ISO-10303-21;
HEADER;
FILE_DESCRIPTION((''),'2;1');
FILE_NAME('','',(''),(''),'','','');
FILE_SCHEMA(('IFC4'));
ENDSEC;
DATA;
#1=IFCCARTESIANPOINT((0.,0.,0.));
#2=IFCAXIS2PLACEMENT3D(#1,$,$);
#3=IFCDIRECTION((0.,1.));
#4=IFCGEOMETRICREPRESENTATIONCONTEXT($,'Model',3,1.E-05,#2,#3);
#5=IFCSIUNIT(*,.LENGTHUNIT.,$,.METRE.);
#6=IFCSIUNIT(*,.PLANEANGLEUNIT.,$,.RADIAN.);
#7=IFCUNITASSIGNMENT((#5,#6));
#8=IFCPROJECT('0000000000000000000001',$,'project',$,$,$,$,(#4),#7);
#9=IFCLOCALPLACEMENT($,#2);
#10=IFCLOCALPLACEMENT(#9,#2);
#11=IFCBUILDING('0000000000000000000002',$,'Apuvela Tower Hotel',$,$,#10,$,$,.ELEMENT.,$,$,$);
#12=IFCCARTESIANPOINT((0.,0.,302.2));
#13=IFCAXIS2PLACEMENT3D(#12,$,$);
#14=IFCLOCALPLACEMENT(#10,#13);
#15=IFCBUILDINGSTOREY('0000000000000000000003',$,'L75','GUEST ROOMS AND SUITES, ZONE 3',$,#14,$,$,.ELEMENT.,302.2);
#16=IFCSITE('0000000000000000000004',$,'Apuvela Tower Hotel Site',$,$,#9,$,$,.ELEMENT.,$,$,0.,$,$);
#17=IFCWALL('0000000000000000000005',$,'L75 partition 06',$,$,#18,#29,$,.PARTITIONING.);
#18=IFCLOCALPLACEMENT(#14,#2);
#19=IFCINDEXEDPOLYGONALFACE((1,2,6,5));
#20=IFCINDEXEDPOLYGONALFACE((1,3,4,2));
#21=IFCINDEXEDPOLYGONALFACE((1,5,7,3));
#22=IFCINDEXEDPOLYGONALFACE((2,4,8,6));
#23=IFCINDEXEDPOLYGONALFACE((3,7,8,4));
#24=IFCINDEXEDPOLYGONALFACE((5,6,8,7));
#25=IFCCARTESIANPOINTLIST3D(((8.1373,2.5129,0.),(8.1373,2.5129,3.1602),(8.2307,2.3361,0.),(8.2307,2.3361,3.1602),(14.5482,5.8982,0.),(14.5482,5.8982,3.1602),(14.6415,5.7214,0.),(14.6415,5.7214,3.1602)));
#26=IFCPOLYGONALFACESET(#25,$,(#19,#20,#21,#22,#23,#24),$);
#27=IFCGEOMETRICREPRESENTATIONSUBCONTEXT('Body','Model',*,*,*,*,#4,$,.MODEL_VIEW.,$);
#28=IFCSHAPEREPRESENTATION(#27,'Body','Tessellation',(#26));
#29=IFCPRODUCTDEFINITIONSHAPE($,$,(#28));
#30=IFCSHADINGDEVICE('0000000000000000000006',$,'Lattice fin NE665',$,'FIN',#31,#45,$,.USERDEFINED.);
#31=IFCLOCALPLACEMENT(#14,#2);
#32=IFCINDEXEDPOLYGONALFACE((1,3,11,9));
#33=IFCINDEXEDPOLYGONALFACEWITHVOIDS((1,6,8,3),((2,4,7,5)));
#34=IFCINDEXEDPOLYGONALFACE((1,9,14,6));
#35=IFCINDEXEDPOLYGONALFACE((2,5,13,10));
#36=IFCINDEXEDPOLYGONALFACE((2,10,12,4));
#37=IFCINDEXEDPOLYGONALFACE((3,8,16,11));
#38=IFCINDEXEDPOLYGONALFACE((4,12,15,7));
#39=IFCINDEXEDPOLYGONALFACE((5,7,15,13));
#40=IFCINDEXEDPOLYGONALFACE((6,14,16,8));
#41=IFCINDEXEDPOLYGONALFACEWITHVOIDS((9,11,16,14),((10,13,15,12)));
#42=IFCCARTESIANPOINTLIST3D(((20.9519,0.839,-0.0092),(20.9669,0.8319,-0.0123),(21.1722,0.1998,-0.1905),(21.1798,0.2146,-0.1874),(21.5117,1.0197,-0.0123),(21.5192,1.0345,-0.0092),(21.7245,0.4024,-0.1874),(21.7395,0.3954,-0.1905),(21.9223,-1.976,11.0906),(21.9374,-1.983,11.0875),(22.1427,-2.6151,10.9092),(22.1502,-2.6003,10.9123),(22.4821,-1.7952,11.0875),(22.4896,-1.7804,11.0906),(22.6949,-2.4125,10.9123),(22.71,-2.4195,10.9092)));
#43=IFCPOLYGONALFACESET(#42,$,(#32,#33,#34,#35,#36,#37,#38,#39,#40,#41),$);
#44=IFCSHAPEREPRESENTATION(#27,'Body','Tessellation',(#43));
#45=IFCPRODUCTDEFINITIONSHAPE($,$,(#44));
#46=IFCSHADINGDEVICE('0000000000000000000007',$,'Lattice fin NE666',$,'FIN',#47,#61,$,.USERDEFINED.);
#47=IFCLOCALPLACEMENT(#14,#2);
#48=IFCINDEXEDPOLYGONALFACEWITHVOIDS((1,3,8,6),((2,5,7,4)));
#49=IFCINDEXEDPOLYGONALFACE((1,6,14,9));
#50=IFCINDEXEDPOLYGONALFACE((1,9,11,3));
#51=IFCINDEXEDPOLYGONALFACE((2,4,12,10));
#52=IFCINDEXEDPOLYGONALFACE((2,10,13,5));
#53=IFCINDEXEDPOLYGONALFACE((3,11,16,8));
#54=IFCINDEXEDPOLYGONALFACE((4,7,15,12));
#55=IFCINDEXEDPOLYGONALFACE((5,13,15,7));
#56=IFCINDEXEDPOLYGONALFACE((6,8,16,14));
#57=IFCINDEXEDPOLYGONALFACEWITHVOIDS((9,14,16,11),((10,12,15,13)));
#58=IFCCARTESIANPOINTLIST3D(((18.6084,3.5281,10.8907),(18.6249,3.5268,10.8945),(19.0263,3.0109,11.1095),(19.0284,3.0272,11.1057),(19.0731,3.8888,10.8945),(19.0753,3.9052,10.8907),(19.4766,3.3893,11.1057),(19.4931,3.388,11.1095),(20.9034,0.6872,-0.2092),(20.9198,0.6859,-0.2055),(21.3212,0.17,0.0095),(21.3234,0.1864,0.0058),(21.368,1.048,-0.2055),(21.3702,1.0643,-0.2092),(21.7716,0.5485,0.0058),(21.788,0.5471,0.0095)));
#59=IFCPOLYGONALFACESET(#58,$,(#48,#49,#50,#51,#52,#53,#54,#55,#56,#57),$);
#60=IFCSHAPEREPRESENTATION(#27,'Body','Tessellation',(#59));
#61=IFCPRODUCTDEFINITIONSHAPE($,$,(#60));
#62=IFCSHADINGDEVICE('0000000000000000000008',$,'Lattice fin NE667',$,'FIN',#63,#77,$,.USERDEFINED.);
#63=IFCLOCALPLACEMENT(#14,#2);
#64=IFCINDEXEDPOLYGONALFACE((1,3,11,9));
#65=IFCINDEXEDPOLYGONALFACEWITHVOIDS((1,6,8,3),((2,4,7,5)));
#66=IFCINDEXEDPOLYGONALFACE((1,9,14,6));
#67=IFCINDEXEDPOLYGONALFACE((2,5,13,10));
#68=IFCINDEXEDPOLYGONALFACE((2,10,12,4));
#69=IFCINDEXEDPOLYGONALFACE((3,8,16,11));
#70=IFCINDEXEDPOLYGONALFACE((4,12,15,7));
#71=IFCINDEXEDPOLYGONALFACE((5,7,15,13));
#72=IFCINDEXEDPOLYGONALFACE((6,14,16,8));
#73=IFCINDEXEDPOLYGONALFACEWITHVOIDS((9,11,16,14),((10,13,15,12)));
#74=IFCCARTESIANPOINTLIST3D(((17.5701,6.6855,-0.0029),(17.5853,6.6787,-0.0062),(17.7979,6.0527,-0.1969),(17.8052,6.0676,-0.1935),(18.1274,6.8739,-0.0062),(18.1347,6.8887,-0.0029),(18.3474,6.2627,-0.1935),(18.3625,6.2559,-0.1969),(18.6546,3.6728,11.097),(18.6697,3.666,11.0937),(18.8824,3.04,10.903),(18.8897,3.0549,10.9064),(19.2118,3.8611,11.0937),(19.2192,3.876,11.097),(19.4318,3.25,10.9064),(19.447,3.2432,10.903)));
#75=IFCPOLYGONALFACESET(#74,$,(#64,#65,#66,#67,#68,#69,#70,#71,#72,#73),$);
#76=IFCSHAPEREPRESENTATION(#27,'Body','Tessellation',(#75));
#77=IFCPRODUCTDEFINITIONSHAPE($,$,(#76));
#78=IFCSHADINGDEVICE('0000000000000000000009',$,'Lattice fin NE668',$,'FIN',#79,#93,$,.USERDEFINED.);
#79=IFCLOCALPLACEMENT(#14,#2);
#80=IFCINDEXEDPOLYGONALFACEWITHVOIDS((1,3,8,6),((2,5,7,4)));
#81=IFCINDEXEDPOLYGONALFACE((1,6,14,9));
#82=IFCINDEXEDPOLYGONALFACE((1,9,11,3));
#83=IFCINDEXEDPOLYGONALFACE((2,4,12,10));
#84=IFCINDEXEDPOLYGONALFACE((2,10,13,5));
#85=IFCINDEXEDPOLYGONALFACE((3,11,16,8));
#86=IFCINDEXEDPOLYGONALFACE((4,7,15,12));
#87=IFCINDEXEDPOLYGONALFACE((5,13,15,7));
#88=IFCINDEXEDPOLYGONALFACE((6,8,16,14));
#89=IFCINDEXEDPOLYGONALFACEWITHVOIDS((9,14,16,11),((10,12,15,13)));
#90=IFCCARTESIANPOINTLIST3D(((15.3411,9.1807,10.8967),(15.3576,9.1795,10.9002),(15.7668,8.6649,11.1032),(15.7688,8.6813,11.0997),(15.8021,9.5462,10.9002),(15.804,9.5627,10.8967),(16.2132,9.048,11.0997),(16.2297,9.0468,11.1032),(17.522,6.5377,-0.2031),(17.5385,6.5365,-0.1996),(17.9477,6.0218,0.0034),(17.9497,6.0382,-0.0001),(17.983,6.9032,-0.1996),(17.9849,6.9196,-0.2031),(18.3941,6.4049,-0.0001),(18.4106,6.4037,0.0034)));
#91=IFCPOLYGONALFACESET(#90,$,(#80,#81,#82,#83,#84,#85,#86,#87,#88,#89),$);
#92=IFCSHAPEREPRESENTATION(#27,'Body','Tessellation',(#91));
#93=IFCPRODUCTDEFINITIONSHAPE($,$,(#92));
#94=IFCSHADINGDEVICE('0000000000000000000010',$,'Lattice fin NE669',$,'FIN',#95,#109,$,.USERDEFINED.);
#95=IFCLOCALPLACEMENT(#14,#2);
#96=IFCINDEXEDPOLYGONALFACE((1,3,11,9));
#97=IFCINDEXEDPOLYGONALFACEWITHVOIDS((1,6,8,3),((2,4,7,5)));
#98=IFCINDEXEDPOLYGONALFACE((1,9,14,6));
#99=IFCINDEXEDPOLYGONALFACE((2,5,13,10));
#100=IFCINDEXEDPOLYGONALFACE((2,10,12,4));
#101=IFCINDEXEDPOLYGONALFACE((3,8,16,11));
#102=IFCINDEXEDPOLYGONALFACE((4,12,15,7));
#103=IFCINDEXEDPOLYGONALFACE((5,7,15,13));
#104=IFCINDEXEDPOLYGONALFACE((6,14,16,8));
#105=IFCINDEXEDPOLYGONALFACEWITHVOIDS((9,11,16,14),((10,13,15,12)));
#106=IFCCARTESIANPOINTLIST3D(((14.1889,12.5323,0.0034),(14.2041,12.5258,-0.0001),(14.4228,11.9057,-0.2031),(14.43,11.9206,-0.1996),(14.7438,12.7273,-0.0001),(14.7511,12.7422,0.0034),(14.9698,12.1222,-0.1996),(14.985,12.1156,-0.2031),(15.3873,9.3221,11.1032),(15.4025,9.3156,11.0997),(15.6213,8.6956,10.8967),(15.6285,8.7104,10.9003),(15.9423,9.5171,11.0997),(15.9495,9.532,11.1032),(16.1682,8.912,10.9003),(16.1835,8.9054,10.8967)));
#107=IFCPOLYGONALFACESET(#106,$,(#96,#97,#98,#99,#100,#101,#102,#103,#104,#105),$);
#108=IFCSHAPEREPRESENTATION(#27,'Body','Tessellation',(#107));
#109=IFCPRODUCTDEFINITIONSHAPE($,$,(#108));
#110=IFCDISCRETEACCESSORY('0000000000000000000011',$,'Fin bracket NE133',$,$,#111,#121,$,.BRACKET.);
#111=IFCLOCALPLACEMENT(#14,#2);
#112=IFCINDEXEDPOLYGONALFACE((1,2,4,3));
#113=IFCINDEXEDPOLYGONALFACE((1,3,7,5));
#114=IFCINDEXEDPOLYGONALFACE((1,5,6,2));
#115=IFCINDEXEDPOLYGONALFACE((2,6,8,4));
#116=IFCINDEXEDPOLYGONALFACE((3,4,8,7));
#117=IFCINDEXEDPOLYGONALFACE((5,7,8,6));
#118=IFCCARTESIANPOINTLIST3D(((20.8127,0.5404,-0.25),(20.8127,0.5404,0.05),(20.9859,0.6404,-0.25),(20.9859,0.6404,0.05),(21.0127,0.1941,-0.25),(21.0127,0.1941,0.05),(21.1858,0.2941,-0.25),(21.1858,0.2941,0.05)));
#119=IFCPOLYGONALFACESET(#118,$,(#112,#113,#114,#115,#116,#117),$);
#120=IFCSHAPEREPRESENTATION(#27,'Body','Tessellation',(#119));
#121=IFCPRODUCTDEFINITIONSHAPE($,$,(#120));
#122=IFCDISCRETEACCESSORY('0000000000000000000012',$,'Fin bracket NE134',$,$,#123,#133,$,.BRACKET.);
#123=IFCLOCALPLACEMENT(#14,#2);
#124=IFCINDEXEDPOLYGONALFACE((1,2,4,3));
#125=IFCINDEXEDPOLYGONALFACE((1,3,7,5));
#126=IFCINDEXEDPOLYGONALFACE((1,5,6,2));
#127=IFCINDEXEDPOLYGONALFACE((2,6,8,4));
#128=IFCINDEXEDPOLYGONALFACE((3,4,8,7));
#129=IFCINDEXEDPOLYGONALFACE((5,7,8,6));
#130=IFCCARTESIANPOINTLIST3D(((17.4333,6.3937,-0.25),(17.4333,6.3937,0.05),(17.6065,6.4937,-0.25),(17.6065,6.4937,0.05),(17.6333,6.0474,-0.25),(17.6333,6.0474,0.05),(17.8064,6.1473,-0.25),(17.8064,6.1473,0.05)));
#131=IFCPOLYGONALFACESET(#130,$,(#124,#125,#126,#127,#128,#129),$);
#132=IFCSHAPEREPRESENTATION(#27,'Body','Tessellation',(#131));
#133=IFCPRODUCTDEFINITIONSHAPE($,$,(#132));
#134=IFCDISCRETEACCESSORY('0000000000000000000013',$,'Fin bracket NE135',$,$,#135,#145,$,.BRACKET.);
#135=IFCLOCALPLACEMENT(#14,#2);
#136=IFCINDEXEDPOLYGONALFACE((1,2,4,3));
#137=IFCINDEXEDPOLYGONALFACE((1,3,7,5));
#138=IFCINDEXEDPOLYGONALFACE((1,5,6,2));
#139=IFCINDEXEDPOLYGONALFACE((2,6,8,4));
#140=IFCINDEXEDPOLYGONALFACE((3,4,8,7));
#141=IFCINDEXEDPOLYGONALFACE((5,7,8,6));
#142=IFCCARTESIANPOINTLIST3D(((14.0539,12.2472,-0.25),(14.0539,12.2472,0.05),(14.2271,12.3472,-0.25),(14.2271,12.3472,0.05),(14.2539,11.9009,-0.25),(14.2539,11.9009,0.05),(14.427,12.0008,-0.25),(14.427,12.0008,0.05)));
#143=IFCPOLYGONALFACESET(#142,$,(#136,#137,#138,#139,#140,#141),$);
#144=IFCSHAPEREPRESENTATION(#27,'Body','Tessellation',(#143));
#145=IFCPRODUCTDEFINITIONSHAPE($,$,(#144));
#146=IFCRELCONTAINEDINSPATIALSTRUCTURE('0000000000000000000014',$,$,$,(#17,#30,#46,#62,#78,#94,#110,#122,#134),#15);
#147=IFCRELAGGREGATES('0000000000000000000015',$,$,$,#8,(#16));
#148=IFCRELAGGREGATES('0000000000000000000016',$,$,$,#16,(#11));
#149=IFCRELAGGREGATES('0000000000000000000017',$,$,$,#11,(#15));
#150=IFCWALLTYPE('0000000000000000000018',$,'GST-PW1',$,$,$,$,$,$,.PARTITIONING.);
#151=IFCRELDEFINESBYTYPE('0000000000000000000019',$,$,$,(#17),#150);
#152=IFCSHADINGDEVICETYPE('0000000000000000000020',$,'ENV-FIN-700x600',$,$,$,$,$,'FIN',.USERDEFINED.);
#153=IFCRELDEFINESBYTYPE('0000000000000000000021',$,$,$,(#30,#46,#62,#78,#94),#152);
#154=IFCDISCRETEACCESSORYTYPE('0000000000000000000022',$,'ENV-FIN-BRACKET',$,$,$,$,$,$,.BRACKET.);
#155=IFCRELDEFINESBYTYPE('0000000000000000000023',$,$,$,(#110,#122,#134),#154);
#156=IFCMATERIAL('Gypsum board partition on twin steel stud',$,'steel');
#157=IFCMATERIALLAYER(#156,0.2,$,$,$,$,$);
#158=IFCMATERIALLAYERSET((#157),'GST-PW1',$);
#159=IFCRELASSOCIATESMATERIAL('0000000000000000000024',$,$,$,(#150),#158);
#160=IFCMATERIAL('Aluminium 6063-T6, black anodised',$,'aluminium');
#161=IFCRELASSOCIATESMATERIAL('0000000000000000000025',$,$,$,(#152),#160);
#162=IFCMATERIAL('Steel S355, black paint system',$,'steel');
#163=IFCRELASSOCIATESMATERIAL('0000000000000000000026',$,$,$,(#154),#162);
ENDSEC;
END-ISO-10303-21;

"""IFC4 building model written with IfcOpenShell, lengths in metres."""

from ifc_helpers import new_model, si_unit, direction, frame, frame_2d, origin, origin_2d, place, context, subcontext, project, spatial, rectangle, hollow_rectangle, extrude, material, layer, layer_set, material_profile, profile_set, type_object, element, save


model = new_model("IFC4")

# Units and contexts
model_context = context("Model", 3, precision=1e-05, world=origin(), true_north=direction((0.0, 1.0)))
body_context = subcontext(model_context, "Body", "Model", "MODEL_VIEW")
ifc_project = project(units=[si_unit("LENGTHUNIT", "METRE"), si_unit("PLANEANGLEUNIT", "RADIAN")], contexts=[model_context])

# Site, building, storey
site_placement = place(None, origin())
site = spatial("IfcSite", under=ifc_project, at=site_placement, Name="Apuvela Tower Hotel Site", CompositionType="ELEMENT", RefElevation=0.0)
building_placement = place(site_placement, origin())
building = spatial("IfcBuilding", under=site, at=building_placement, Name="Apuvela Tower Hotel", CompositionType="ELEMENT")
storey_placement = place(building_placement, frame((0.0, 0.0, 302.2)))
storey = spatial("IfcBuildingStorey", under=building, at=storey_placement, Name="L75", Description="GUEST ROOMS AND SUITES, ZONE 3", CompositionType="ELEMENT", Elevation=302.2)

# Wall
ifc_material_1 = material(Name="Gypsum board partition on twin steel stud", Category="steel")
ifc_layer_1 = layer(ifc_material_1, 0.2)
ifc_layer_set_1 = layer_set([ifc_layer_1], Name="GST-PW1")
wall_type_1 = type_object("IfcWallType", Name="GST-PW1", PredefinedType="PARTITIONING", material=ifc_layer_set_1)
wall_1_placement = place(storey_placement, frame((14.595, 5.8098, 0.0), z_axis=(0.0, 0.0, 1.0), x_axis=(-0.884286, -0.466945, 0.0)))
element("IfcWall", 1, at=wall_1_placement, inside=storey, type_object=wall_type_1, Name="L75 partition 06", PredefinedType="PARTITIONING", context=body_context, shape_type="SweptSolid", body=[
    extrude(rectangle(XDim=7.2498, YDim=0.2, at=frame_2d((3.625, 0.0))), origin(), (0.0, 0.0, 1.0), 3.1602),
])

# Shading devices
ifc_material_2 = material(Name="Aluminium 6063-T6, black anodised", Category="aluminium")
ifc_material_profile_1 = material_profile(ifc_material_2, hollow_rectangle(XDim=0.6001, YDim=0.7, WallThickness=0.012, at=origin_2d()), Name="AL BOX 700x600x12")
ifc_profile_set_1 = profile_set([ifc_material_profile_1], Name="Aluminium 6063-T6, black anodised")
shading_device_type = type_object("IfcShadingDeviceType", Name="ENV-FIN-700x600", ElementType="FIN", PredefinedType="USERDEFINED", material=ifc_profile_set_1)
shading_device_1_placement = place(storey_placement, frame((21.3457, 0.6172, -0.0999), z_axis=(0.084444, -0.244942, 0.965853), x_axis=(0.945395, 0.325928, 0.0)))
element("IfcShadingDevice", 2, at=shading_device_1_placement, inside=storey, type_object=shading_device_type, Name="Lattice fin NE665", ObjectType="FIN", PredefinedType="USERDEFINED", context=body_context, shape_type="SweptSolid", body=[
    extrude(hollow_rectangle(XDim=0.6001, YDim=0.7, WallThickness=0.012, at=origin_2d()), origin(), (0.0, 0.0, 1.0), 11.4922),
])
shading_device_2_placement = place(storey_placement, frame((21.3457, 0.6172, -0.0999), z_axis=(-0.196396, 0.243113, 0.949908), x_axis=(-0.777886, -0.628406, 0.0)))
element("IfcShadingDevice", 3, at=shading_device_2_placement, inside=storey, type_object=shading_device_type, Name="Lattice fin NE666", ObjectType="FIN", PredefinedType="USERDEFINED", context=body_context, shape_type="SweptSolid", body=[
    extrude(hollow_rectangle(XDim=0.6001, YDim=0.7, WallThickness=0.012, at=origin_2d()), origin(), (0.0, 0.0, 1.0), 11.6853),
])
shading_device_3_placement = place(storey_placement, frame((17.9663, 6.4707, -0.0999), z_axis=(0.093874, -0.260784, 0.960822), x_axis=(0.940897, 0.338692, 0.0)))
element("IfcShadingDevice", 4, at=shading_device_3_placement, inside=storey, type_object=shading_device_type, Name="Lattice fin NE667", ObjectType="FIN", PredefinedType="USERDEFINED", context=body_context, shape_type="SweptSolid", body=[
    extrude(hollow_rectangle(XDim=0.6001, YDim=0.7, WallThickness=0.012, at=origin_2d()), origin(), (0.0, 0.0, 1.0), 11.5525),
])
for number, where, z_axis, x_axis, name in (
    (5, (17.9663, 6.4707, -0.0999), (-0.187738, 0.227522, 0.955504), (-0.771319, -0.636449, 0.0), "Lattice fin NE668"),
    (6, (14.5869, 12.324, -0.0999), (0.103169, -0.276343, 0.955505), (0.936841, 0.349757, 0.0), "Lattice fin NE669"),
):
    element("IfcShadingDevice", number, at=place(storey_placement, frame(where, z_axis=z_axis, x_axis=x_axis)), inside=storey, type_object=shading_device_type, Name=name, ObjectType="FIN", PredefinedType="USERDEFINED", context=body_context, shape_type="SweptSolid", body=[
        extrude(hollow_rectangle(XDim=0.6001, YDim=0.7, WallThickness=0.012, at=origin_2d()), origin(), (0.0, 0.0, 1.0), 11.6167),
    ])

# Discrete accessories
ifc_material_3 = material(Name="Steel S355, black paint system", Category="steel")
discrete_accessory_type = type_object("IfcDiscreteAccessoryType", Name="ENV-FIN-BRACKET", PredefinedType="BRACKET", material=ifc_material_3)
for number, where, z_axis, x_axis, name in (
    (7, (20.9993, 0.4172, -0.25), (0.0, 0.0, 1.0), (-0.5, 0.866025, 0.0), "Fin bracket NE133"),
    (8, (17.6199, 6.2705, -0.25), (0.0, 0.0, 1.0), (-0.5, 0.866025, 0.0), "Fin bracket NE134"),
    (9, (14.2405, 12.124, -0.25), (0.0, 0.0, 1.0), (-0.5, 0.866025, 0.0), "Fin bracket NE135"),
):
    element("IfcDiscreteAccessory", number, at=place(storey_placement, frame(where, z_axis=z_axis, x_axis=x_axis)), inside=storey, type_object=discrete_accessory_type, Name=name, PredefinedType="BRACKET", context=body_context, shape_type="SweptSolid", body=[
        extrude(rectangle(XDim=0.3999, YDim=0.2, at=origin_2d()), origin(), (0.0, 0.0, 1.0), 0.3),
    ])

save(model, "model.ifc")
